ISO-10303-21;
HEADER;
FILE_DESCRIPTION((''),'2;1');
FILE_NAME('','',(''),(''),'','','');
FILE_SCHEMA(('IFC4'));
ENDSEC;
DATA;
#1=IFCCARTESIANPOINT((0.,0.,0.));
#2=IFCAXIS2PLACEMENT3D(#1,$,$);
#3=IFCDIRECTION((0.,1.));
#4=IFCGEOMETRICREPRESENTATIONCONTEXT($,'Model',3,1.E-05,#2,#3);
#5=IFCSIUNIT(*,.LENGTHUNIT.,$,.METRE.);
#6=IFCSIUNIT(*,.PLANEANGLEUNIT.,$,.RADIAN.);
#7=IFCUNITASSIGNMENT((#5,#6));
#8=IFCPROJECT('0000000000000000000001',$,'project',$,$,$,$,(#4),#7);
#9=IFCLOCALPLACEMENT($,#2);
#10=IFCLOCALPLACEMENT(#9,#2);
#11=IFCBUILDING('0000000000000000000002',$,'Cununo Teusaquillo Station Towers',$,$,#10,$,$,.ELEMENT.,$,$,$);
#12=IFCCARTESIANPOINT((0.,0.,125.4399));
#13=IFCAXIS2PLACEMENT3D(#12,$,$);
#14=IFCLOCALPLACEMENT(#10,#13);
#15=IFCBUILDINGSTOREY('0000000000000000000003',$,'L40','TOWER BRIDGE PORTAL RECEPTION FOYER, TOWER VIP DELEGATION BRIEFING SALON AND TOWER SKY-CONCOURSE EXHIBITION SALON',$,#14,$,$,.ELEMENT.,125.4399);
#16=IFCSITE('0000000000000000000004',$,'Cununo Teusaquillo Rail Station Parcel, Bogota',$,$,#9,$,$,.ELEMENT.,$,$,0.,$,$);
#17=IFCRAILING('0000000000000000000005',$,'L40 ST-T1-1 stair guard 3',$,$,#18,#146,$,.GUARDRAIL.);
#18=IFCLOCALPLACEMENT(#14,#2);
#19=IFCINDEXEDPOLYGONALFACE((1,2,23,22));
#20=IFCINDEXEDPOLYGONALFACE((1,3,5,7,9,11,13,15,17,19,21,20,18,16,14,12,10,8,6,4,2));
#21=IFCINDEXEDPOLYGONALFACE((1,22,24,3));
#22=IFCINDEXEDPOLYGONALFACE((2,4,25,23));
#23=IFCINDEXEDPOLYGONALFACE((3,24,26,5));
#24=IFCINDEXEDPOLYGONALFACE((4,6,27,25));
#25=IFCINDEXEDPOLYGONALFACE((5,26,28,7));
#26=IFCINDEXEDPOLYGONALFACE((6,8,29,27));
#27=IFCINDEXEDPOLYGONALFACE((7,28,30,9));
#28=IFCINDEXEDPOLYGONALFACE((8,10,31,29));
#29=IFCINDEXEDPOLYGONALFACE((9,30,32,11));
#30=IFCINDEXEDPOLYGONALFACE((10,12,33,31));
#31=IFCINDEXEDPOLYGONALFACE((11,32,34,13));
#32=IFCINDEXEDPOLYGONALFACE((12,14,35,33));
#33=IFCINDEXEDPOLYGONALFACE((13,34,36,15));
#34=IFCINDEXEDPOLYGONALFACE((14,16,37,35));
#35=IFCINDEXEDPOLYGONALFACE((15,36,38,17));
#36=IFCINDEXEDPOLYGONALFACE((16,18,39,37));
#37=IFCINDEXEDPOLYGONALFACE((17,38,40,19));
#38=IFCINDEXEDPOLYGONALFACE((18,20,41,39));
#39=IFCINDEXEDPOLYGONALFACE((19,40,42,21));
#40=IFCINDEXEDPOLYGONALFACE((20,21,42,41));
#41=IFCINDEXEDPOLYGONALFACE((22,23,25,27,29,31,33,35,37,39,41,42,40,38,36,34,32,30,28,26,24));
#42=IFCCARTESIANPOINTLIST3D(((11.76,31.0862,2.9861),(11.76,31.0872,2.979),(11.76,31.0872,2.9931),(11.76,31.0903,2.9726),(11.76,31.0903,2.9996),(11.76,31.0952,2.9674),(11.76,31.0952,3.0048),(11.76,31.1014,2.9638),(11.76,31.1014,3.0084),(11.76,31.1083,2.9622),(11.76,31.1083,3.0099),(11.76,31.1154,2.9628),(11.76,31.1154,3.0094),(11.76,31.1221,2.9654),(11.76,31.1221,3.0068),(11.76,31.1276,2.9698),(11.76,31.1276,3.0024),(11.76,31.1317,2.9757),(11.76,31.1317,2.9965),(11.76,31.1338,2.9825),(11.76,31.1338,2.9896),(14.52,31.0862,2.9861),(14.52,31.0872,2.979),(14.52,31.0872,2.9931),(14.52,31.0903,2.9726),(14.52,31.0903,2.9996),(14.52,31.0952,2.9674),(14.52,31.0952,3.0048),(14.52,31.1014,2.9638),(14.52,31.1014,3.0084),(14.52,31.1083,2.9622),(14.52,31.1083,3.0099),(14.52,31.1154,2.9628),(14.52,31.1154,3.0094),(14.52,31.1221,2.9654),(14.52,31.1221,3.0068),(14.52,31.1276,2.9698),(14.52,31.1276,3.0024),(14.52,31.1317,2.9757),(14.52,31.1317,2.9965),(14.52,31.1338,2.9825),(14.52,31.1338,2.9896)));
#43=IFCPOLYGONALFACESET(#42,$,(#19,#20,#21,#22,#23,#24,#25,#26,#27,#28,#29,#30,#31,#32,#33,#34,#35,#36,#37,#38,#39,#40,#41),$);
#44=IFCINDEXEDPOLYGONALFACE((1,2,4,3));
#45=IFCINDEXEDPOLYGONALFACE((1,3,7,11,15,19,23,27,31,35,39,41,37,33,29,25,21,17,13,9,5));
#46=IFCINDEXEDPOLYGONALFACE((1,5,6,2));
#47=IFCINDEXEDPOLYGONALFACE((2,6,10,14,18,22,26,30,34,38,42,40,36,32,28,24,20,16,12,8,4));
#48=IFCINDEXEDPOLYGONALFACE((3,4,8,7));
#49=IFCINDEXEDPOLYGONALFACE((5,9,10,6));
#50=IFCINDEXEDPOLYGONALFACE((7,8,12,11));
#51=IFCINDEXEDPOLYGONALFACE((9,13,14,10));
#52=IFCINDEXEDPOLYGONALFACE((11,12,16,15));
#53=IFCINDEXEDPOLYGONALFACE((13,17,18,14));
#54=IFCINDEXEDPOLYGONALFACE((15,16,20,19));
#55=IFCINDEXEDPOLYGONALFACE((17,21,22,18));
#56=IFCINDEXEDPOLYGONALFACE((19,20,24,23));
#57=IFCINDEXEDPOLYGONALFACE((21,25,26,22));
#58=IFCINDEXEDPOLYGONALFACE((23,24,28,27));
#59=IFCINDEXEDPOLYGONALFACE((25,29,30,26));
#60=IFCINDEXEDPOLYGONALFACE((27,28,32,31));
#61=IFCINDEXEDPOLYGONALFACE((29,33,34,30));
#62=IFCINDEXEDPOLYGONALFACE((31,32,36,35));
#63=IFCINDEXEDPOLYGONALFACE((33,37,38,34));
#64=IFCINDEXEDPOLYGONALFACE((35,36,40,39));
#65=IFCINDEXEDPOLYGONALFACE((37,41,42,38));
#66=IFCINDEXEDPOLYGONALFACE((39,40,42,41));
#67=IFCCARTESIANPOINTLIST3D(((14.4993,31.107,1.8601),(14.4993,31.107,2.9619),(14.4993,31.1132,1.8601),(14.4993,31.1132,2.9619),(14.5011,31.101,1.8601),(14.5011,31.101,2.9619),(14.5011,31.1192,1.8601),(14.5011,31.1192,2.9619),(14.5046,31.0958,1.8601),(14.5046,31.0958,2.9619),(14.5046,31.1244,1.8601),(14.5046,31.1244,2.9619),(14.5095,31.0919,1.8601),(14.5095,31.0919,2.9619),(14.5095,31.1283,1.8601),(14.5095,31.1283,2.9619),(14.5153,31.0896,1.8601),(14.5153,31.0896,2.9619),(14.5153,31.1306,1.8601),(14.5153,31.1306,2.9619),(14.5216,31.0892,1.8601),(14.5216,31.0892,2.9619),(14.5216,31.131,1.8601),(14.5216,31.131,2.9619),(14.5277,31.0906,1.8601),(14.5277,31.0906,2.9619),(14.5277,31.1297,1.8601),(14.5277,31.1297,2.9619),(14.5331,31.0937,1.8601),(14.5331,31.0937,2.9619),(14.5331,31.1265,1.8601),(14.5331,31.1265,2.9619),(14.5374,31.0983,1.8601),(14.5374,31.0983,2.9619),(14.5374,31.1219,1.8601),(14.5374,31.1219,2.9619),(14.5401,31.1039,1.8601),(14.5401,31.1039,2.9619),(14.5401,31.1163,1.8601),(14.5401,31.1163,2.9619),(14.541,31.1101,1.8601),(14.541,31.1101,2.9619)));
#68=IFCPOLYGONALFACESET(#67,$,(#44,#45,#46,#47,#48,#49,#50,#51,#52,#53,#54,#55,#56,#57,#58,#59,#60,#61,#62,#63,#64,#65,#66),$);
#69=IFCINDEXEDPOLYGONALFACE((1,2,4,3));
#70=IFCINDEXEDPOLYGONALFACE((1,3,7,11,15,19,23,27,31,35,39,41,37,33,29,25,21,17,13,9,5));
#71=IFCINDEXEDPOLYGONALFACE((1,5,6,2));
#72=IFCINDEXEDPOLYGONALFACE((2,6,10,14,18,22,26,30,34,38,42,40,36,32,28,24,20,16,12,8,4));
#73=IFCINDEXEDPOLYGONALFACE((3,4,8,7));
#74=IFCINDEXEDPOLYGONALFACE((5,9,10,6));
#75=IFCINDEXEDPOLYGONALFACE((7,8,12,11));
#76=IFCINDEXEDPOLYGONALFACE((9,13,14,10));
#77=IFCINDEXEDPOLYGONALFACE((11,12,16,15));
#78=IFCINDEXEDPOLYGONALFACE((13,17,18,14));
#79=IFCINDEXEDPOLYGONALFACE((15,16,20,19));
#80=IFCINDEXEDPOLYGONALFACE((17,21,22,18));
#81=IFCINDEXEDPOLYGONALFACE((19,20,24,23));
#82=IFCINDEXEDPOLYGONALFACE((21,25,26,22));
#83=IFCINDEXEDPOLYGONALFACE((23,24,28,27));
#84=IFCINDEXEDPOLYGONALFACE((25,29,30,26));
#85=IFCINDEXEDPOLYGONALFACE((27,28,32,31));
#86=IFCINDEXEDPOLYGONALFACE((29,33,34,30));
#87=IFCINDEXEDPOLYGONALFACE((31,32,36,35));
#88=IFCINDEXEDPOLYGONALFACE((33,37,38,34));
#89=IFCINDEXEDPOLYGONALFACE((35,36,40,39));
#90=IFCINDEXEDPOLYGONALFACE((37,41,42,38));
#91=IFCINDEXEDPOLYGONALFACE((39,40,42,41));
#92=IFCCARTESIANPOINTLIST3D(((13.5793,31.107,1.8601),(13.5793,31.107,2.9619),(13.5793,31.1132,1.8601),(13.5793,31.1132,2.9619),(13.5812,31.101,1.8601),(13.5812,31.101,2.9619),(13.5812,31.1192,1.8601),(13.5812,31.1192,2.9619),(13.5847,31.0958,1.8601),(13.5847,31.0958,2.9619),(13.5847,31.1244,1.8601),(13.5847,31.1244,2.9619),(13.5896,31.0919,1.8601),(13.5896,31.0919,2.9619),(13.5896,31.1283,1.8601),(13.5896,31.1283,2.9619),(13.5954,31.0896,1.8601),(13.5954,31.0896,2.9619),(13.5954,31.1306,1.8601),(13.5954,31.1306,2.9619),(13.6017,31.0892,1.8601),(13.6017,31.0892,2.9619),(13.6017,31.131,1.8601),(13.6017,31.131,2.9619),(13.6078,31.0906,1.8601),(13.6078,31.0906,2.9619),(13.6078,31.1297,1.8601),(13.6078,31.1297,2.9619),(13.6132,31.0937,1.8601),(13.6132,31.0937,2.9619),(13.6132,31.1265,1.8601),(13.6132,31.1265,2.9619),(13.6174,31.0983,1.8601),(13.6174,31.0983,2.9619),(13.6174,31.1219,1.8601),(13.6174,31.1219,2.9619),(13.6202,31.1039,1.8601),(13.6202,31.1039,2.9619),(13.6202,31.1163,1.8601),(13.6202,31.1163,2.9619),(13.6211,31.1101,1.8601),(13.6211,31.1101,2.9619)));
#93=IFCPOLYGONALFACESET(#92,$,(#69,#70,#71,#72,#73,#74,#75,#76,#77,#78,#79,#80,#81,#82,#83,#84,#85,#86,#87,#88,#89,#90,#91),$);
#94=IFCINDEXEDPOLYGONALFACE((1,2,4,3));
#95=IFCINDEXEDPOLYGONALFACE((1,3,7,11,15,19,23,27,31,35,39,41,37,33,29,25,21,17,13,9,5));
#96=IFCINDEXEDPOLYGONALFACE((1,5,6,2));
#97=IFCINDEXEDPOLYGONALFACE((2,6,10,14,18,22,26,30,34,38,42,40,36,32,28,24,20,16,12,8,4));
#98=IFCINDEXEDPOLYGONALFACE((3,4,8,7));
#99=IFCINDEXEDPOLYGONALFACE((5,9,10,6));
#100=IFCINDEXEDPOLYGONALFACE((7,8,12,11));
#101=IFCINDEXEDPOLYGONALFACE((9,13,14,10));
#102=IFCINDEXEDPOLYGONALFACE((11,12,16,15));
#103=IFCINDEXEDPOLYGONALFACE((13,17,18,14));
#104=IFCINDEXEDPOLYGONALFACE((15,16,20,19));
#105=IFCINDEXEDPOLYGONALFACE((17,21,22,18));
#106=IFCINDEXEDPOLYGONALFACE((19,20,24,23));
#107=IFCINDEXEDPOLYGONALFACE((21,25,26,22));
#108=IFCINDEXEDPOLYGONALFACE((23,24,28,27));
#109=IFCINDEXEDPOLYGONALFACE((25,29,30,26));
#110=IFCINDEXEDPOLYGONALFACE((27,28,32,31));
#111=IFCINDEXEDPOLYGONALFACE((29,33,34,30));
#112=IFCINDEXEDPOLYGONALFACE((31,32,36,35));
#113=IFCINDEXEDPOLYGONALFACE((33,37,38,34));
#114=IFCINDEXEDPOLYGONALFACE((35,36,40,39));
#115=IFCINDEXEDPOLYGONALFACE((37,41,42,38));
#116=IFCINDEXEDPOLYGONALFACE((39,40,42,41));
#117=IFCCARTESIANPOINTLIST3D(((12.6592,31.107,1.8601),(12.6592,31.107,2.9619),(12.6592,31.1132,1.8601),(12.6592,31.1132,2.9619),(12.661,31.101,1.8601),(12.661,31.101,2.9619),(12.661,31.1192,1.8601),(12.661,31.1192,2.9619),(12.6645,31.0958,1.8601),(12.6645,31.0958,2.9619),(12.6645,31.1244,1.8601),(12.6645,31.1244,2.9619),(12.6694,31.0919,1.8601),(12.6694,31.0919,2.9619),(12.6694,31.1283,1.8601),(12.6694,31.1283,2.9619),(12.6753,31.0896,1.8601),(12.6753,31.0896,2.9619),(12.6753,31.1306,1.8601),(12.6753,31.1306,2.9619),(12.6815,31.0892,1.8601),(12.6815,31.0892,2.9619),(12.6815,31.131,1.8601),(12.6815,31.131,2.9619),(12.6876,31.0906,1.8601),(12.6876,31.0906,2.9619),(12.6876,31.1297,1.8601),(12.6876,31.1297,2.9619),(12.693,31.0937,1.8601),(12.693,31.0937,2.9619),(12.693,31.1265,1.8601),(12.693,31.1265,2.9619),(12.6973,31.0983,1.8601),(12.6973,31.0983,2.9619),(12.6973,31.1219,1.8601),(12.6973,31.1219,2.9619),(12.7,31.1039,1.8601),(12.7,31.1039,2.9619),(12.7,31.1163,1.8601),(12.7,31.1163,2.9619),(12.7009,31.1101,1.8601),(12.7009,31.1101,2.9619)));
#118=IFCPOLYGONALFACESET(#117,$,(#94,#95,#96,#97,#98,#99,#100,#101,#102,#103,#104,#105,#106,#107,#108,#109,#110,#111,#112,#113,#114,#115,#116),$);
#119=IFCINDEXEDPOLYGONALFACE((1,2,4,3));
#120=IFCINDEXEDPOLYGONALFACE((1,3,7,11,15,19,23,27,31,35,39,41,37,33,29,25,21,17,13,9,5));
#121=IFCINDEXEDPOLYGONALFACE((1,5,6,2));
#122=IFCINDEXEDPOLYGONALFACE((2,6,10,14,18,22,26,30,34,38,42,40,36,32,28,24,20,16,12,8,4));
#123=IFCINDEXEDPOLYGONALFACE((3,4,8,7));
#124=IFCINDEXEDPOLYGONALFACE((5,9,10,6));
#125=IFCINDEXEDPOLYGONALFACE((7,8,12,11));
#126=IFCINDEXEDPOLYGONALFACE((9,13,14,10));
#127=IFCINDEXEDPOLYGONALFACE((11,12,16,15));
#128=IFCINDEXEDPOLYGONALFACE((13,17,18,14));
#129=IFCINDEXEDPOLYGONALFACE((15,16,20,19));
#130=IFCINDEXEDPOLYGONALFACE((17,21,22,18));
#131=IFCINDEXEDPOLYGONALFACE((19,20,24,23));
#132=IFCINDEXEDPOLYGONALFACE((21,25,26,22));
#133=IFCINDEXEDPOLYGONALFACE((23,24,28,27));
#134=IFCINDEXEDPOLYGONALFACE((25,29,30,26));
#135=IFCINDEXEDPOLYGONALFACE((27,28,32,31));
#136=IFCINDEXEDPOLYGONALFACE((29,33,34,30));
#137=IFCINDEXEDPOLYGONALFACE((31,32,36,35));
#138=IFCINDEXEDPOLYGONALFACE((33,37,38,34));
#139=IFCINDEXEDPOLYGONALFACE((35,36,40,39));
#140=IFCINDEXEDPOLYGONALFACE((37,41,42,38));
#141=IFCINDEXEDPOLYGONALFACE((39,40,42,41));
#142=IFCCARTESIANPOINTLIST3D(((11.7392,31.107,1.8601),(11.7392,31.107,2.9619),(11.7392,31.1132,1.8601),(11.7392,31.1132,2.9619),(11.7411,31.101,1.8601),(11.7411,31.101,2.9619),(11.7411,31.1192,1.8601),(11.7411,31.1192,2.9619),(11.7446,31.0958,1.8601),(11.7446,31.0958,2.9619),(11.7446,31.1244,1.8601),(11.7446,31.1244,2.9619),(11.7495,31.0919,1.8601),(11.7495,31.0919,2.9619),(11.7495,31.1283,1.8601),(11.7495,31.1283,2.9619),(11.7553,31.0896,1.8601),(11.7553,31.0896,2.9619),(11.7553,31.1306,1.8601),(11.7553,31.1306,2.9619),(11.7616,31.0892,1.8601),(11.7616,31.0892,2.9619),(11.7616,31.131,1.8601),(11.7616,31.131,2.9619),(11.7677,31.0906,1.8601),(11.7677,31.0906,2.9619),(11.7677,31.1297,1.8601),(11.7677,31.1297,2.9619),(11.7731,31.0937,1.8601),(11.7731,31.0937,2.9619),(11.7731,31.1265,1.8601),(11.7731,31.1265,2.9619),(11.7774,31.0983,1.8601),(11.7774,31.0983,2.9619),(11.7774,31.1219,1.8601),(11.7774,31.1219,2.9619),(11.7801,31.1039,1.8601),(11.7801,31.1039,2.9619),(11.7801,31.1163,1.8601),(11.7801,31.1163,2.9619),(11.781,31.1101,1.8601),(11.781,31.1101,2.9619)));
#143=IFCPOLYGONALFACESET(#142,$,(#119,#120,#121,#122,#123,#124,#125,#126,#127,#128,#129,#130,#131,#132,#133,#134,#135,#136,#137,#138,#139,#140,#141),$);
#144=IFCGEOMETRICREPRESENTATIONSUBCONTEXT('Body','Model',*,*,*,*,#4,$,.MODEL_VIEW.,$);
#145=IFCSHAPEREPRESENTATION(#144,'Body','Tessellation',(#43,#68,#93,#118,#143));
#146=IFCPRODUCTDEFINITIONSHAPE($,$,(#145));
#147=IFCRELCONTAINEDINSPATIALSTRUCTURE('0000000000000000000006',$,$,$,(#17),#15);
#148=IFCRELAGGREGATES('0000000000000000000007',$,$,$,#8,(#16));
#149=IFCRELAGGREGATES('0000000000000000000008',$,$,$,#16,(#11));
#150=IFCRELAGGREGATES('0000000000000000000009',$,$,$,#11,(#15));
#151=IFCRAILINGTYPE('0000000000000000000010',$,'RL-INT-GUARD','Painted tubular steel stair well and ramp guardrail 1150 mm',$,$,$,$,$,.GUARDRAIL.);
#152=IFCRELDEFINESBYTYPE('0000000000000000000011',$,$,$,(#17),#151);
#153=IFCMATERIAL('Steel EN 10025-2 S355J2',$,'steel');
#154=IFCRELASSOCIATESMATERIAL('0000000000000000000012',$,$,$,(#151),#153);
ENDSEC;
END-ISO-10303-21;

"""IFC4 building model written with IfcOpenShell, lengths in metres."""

from ifc_helpers import new_model, si_unit, direction, frame, origin, origin_2d, place, context, subcontext, project, spatial, circle, extrude, material, type_object, element, save


model = new_model("IFC4")

# Units and contexts
model_context = context("Model", 3, precision=1e-05, world=origin(), true_north=direction((0.0, 1.0)))
body_context = subcontext(model_context, "Body", "Model", "MODEL_VIEW")
ifc_project = project(units=[si_unit("LENGTHUNIT", "METRE"), si_unit("PLANEANGLEUNIT", "RADIAN")], contexts=[model_context])

# Site, building, storey
site_placement = place(None, origin())
site = spatial("IfcSite", under=ifc_project, at=site_placement, Name="Cununo Teusaquillo Rail Station Parcel, Bogota", CompositionType="ELEMENT", RefElevation=0.0)
building_placement = place(site_placement, origin())
building = spatial("IfcBuilding", under=site, at=building_placement, Name="Cununo Teusaquillo Station Towers", CompositionType="ELEMENT")
storey_placement = place(building_placement, frame((0.0, 0.0, 125.4399)))
storey = spatial("IfcBuildingStorey", under=building, at=storey_placement, Name="L40", Description="TOWER BRIDGE PORTAL RECEPTION FOYER, TOWER VIP DELEGATION BRIEFING SALON AND TOWER SKY-CONCOURSE EXHIBITION SALON", CompositionType="ELEMENT", Elevation=125.4399)

# Railing
ifc_material_1 = material(Name="Steel EN 10025-2 S355J2", Category="steel")
railing_type_1 = type_object("IfcRailingType", Name="RL-INT-GUARD", Description="Painted tubular steel stair well and ramp guardrail 1150 mm", PredefinedType="GUARDRAIL", material=ifc_material_1)
railing_1_placement = place(storey_placement, frame((14.52, 31.1101, 1.8601)))
element("IfcRailing", 1, at=railing_1_placement, inside=storey, type_object=railing_type_1, Name="L40 ST-T1-1 stair guard 3", PredefinedType="GUARDRAIL", context=body_context, shape_type="SweptSolid", body=[
    extrude(circle(Radius=0.0239, at=origin_2d()), frame((0.0, 0.0, 1.126), z_axis=(-1.0, 0.0, 0.0), x_axis=(0.0, -1.0, 0.0)), (0.0, 0.0, 1.0), 2.76),
    extrude(circle(Radius=0.021, at=origin_2d()), origin(), (0.0, 0.0, 1.0), 1.1018),
    extrude(circle(Radius=0.021, at=origin_2d()), frame((-0.9199, 0.0, 0.0)), (0.0, 0.0, 1.0), 1.1018),
    extrude(circle(Radius=0.021, at=origin_2d()), frame((-1.8401, 0.0, 0.0)), (0.0, 0.0, 1.0), 1.1018),
    extrude(circle(Radius=0.021, at=origin_2d()), frame((-2.76, 0.0, 0.0)), (0.0, 0.0, 1.0), 1.1018),
])

save(model, "model.ifc")
